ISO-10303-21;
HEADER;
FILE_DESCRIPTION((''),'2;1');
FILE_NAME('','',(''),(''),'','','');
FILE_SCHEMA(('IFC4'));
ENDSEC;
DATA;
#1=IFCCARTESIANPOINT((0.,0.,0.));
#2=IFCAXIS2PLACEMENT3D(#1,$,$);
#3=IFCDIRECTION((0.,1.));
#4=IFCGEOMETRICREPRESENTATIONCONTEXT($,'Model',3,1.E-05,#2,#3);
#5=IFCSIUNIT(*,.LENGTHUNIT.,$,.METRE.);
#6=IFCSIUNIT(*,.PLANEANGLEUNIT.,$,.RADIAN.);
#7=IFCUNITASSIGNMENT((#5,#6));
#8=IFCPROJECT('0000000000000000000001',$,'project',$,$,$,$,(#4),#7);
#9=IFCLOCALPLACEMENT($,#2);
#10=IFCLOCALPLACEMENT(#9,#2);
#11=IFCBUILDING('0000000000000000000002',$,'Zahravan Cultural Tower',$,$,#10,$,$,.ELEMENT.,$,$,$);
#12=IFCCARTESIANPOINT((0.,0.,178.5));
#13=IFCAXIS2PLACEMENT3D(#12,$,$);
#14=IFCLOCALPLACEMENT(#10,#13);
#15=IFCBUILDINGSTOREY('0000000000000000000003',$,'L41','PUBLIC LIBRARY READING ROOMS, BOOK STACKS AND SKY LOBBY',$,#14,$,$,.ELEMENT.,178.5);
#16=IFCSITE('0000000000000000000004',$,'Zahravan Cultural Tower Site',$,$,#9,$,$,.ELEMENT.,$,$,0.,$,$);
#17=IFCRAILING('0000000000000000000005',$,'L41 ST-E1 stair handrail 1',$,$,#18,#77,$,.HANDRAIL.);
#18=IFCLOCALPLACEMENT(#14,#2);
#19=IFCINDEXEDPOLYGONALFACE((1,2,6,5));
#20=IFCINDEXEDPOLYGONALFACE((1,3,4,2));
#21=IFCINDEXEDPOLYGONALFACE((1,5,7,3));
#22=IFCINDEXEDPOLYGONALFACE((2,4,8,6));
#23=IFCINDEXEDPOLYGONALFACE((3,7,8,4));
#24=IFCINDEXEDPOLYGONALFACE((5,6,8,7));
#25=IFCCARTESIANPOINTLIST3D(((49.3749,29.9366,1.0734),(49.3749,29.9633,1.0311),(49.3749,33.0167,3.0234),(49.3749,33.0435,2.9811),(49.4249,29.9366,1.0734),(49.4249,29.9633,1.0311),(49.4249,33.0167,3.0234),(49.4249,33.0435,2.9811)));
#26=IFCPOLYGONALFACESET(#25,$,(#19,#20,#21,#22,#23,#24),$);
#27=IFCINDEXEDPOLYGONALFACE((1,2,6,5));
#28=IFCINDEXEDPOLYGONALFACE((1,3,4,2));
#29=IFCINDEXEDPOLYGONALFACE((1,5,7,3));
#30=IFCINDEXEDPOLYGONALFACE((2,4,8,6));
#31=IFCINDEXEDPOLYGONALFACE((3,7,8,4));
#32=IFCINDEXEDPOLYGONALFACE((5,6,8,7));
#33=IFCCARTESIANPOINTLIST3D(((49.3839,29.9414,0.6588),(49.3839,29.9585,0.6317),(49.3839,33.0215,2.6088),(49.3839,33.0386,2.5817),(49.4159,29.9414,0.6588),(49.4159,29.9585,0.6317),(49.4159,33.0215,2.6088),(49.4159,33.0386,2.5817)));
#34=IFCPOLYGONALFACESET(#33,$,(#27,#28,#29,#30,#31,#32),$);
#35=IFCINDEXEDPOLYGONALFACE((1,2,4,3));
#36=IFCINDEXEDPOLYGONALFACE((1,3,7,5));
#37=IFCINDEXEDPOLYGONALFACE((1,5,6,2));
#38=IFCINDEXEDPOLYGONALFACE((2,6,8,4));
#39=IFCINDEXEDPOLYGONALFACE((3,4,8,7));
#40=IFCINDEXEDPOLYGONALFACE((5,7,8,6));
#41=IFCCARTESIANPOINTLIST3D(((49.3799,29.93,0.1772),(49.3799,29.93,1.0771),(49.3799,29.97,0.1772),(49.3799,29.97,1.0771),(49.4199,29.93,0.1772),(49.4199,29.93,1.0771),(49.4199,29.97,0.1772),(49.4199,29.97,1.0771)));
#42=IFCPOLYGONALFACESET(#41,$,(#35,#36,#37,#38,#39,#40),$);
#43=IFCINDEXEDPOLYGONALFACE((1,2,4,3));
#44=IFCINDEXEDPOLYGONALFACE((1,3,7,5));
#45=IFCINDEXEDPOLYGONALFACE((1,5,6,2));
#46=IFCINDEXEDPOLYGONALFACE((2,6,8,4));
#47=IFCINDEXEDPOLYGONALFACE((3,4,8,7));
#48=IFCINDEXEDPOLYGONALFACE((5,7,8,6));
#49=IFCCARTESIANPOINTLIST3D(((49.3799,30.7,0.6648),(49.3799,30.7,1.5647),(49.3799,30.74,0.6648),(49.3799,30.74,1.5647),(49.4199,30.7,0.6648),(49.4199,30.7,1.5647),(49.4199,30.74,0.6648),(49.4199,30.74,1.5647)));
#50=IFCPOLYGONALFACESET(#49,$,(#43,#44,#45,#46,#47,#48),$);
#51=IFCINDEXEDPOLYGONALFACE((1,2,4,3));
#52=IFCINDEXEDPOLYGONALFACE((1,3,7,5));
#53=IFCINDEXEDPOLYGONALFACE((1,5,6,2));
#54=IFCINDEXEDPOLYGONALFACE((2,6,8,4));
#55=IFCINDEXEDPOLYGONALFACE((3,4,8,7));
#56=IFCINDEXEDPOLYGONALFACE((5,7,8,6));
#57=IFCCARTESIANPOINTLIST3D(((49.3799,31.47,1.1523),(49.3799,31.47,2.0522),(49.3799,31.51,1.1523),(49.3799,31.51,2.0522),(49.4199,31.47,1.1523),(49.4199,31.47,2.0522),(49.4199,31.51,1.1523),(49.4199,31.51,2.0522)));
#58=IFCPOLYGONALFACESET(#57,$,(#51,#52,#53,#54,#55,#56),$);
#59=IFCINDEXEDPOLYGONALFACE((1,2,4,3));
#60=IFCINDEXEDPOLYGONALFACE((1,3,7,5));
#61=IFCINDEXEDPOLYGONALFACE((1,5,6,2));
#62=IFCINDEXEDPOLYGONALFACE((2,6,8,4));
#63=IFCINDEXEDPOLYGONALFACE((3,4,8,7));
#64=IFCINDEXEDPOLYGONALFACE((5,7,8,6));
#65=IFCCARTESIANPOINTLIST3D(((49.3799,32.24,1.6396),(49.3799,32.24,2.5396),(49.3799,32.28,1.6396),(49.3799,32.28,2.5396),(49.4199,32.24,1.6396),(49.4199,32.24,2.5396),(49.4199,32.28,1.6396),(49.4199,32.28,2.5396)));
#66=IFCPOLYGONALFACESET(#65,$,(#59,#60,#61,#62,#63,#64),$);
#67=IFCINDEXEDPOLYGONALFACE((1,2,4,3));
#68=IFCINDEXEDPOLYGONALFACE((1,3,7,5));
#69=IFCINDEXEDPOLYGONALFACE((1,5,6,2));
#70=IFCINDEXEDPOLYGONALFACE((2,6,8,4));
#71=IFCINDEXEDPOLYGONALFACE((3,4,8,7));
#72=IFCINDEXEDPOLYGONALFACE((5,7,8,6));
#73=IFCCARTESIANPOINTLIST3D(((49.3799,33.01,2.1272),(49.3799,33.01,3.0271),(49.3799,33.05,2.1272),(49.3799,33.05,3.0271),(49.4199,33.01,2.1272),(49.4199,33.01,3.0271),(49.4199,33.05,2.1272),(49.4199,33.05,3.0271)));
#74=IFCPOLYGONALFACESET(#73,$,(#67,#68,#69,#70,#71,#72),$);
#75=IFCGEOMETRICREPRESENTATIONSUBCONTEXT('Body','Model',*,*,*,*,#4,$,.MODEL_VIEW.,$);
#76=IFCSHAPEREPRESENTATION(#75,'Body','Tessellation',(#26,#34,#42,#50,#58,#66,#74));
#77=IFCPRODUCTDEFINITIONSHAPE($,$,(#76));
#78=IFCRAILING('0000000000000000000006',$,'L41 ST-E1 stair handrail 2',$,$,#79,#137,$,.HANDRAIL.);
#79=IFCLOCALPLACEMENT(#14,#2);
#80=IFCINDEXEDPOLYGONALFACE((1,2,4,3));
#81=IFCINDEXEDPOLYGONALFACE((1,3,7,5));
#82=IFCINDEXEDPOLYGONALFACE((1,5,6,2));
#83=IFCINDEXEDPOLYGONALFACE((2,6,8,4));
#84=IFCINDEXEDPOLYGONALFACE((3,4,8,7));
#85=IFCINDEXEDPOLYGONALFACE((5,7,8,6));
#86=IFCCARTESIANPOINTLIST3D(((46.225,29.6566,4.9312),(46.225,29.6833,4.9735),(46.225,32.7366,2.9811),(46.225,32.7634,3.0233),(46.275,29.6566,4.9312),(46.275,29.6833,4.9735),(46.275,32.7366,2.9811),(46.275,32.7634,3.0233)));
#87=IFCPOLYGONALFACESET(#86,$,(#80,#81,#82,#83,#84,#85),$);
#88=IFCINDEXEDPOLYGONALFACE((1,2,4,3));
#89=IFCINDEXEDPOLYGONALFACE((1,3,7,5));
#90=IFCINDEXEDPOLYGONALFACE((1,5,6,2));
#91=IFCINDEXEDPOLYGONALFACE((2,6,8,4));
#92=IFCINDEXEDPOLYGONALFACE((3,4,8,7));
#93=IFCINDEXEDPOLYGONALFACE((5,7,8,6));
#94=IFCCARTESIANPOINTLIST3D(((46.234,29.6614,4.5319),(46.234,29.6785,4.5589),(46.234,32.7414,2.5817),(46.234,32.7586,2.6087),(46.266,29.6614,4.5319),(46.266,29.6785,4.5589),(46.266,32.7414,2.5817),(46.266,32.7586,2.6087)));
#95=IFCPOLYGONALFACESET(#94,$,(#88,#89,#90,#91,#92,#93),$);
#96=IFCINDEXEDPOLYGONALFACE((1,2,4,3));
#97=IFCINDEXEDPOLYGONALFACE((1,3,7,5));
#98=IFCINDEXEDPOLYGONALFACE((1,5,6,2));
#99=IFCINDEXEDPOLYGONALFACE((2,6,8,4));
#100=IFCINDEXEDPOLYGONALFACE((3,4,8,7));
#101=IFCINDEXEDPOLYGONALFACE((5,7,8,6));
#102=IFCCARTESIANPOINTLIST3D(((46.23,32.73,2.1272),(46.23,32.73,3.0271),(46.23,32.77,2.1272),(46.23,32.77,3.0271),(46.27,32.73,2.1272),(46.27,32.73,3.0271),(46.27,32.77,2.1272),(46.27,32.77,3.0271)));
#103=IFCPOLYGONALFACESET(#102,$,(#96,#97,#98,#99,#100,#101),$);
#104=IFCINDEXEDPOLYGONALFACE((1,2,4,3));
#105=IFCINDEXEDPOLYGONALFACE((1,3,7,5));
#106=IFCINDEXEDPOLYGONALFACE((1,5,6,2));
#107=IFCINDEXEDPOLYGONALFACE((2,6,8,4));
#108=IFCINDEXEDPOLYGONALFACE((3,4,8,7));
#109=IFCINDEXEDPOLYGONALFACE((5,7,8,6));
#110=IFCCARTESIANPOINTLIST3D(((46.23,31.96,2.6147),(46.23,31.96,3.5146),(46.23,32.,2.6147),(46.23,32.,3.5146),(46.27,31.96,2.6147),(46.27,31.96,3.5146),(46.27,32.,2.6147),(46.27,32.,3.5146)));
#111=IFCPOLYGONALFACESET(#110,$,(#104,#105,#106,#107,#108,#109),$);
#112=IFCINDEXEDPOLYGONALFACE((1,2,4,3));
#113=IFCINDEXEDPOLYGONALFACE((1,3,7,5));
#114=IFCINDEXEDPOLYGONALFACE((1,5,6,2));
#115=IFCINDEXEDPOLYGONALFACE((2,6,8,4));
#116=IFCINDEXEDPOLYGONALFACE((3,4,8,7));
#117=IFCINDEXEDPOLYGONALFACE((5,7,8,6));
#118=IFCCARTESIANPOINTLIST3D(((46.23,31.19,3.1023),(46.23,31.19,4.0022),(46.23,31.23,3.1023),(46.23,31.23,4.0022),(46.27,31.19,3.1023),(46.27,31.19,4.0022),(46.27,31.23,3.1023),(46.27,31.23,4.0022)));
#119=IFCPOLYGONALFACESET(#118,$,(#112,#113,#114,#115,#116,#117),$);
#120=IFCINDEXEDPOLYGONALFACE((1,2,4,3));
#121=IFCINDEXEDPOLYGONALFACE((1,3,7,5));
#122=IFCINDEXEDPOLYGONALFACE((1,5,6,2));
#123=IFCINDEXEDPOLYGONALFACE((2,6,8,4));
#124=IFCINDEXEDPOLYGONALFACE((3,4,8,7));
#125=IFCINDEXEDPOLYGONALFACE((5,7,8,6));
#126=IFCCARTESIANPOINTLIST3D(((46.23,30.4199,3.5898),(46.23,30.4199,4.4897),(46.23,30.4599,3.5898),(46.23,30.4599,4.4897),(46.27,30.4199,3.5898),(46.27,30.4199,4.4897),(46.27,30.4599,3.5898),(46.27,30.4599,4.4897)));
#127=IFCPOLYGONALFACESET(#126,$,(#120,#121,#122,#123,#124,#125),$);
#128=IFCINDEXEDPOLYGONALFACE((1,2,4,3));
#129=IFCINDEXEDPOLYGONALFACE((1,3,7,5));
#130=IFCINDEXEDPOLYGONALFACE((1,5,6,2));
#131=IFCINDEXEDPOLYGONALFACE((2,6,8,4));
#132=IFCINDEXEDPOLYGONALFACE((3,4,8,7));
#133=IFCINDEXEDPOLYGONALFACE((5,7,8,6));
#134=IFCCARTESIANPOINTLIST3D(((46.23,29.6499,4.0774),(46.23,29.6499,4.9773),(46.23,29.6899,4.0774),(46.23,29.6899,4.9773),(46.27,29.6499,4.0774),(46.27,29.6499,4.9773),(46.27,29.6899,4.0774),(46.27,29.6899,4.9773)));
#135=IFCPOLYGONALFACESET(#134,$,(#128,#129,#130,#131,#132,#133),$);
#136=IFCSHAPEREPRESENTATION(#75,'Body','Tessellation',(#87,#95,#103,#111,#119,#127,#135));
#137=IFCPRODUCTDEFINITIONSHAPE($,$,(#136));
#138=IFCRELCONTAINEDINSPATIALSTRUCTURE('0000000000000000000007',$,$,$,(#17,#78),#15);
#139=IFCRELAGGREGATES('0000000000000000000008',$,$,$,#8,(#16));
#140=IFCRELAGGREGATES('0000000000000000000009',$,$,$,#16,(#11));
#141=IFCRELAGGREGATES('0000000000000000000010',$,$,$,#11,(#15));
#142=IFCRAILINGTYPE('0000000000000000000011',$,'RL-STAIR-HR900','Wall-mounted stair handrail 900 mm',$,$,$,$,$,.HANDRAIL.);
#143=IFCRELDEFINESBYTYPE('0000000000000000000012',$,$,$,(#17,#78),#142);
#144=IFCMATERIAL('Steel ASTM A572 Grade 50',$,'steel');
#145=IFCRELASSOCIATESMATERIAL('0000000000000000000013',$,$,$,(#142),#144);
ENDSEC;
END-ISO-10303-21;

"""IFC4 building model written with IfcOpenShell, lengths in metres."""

from ifc_helpers import new_model, si_unit, direction, frame, origin, origin_2d, place, context, subcontext, project, spatial, rectangle, extrude, material, type_object, element, save


model = new_model("IFC4")

# Units and contexts
model_context = context("Model", 3, precision=1e-05, world=origin(), true_north=direction((0.0, 1.0)))
body_context = subcontext(model_context, "Body", "Model", "MODEL_VIEW")
ifc_project = project(units=[si_unit("LENGTHUNIT", "METRE"), si_unit("PLANEANGLEUNIT", "RADIAN")], contexts=[model_context])

# Site, building, storey
site_placement = place(None, origin())
site = spatial("IfcSite", under=ifc_project, at=site_placement, Name="Zahravan Cultural Tower Site", CompositionType="ELEMENT", RefElevation=0.0)
building_placement = place(site_placement, origin())
building = spatial("IfcBuilding", under=site, at=building_placement, Name="Zahravan Cultural Tower", CompositionType="ELEMENT")
storey_placement = place(building_placement, frame((0.0, 0.0, 178.5)))
storey = spatial("IfcBuildingStorey", under=building, at=storey_placement, Name="L41", Description="PUBLIC LIBRARY READING ROOMS, BOOK STACKS AND SKY LOBBY", CompositionType="ELEMENT", Elevation=178.5)

# Shared definitions
ifc_material_1 = material(Name="Steel ASTM A572 Grade 50", Category="steel")

# Railings
railing_type_1 = type_object("IfcRailingType", Name="RL-STAIR-HR900", Description="Wall-mounted stair handrail 900 mm", PredefinedType="HANDRAIL", material=ifc_material_1)
railing_1_placement = place(storey_placement, frame((49.3999, 29.95, 0.1772)))
element("IfcRailing", 1, at=railing_1_placement, inside=storey, type_object=railing_type_1, Name="L41 ST-E1 stair handrail 1", PredefinedType="HANDRAIL", context=body_context, shape_type="SweptSolid", body=[
    extrude(rectangle(XDim=0.05, YDim=0.05, at=origin_2d()), frame((0.0, 0.0, 0.875), z_axis=(0.0, 0.844914, 0.534902), x_axis=(-1.0, 0.0, 0.0)), (0.0, 0.0, 1.0), 3.6455),
    extrude(rectangle(XDim=0.032, YDim=0.032, at=origin_2d()), frame((0.0, 0.0, 0.468), z_axis=(0.0, 0.844914, 0.534902), x_axis=(-1.0, 0.0, 0.0)), (0.0, 0.0, 1.0), 3.6455),
    extrude(rectangle(XDim=0.04, YDim=0.04, at=origin_2d()), origin(), (0.0, 0.0, 1.0), 0.8999),
    extrude(rectangle(XDim=0.04, YDim=0.04, at=origin_2d()), frame((0.0, 0.77, 0.4875)), (0.0, 0.0, 1.0), 0.8999),
    extrude(rectangle(XDim=0.04, YDim=0.04, at=origin_2d()), frame((0.0, 1.54, 0.9751)), (0.0, 0.0, 1.0), 0.8999),
    extrude(rectangle(XDim=0.04, YDim=0.04, at=origin_2d()), frame((0.0, 2.3101, 1.4624)), (0.0, 0.0, 1.0), 0.8999),
    extrude(rectangle(XDim=0.04, YDim=0.04, at=origin_2d()), frame((0.0, 3.0801, 1.95)), (0.0, 0.0, 1.0), 0.8999),
])
railing_2_placement = place(storey_placement, frame((46.25, 32.75, 2.1272)))
element("IfcRailing", 2, at=railing_2_placement, inside=storey, type_object=railing_type_1, Name="L41 ST-E1 stair handrail 2", PredefinedType="HANDRAIL", context=body_context, shape_type="SweptSolid", body=[
    extrude(rectangle(XDim=0.05, YDim=0.05, at=origin_2d()), frame((0.0, 0.0, 0.875), z_axis=(0.0, -0.844884, 0.53495), x_axis=(1.0, 0.0, 0.0)), (0.0, 0.0, 1.0), 3.6455),
    extrude(rectangle(XDim=0.032, YDim=0.032, at=origin_2d()), frame((0.0, 0.0, 0.468), z_axis=(0.0, -0.844884, 0.53495), x_axis=(1.0, 0.0, 0.0)), (0.0, 0.0, 1.0), 3.6455),
    extrude(rectangle(XDim=0.04, YDim=0.04, at=origin_2d()), origin(), (0.0, 0.0, 1.0), 0.8999),
    extrude(rectangle(XDim=0.04, YDim=0.04, at=origin_2d()), frame((0.0, -0.77, 0.4875)), (0.0, 0.0, 1.0), 0.8999),
    extrude(rectangle(XDim=0.04, YDim=0.04, at=origin_2d()), frame((0.0, -1.54, 0.9751)), (0.0, 0.0, 1.0), 0.8999),
    extrude(rectangle(XDim=0.04, YDim=0.04, at=origin_2d()), frame((0.0, -2.3101, 1.4626)), (0.0, 0.0, 1.0), 0.8999),
    extrude(rectangle(XDim=0.04, YDim=0.04, at=origin_2d()), frame((0.0, -3.0801, 1.9502)), (0.0, 0.0, 1.0), 0.8999),
])

save(model, "model.ifc")
